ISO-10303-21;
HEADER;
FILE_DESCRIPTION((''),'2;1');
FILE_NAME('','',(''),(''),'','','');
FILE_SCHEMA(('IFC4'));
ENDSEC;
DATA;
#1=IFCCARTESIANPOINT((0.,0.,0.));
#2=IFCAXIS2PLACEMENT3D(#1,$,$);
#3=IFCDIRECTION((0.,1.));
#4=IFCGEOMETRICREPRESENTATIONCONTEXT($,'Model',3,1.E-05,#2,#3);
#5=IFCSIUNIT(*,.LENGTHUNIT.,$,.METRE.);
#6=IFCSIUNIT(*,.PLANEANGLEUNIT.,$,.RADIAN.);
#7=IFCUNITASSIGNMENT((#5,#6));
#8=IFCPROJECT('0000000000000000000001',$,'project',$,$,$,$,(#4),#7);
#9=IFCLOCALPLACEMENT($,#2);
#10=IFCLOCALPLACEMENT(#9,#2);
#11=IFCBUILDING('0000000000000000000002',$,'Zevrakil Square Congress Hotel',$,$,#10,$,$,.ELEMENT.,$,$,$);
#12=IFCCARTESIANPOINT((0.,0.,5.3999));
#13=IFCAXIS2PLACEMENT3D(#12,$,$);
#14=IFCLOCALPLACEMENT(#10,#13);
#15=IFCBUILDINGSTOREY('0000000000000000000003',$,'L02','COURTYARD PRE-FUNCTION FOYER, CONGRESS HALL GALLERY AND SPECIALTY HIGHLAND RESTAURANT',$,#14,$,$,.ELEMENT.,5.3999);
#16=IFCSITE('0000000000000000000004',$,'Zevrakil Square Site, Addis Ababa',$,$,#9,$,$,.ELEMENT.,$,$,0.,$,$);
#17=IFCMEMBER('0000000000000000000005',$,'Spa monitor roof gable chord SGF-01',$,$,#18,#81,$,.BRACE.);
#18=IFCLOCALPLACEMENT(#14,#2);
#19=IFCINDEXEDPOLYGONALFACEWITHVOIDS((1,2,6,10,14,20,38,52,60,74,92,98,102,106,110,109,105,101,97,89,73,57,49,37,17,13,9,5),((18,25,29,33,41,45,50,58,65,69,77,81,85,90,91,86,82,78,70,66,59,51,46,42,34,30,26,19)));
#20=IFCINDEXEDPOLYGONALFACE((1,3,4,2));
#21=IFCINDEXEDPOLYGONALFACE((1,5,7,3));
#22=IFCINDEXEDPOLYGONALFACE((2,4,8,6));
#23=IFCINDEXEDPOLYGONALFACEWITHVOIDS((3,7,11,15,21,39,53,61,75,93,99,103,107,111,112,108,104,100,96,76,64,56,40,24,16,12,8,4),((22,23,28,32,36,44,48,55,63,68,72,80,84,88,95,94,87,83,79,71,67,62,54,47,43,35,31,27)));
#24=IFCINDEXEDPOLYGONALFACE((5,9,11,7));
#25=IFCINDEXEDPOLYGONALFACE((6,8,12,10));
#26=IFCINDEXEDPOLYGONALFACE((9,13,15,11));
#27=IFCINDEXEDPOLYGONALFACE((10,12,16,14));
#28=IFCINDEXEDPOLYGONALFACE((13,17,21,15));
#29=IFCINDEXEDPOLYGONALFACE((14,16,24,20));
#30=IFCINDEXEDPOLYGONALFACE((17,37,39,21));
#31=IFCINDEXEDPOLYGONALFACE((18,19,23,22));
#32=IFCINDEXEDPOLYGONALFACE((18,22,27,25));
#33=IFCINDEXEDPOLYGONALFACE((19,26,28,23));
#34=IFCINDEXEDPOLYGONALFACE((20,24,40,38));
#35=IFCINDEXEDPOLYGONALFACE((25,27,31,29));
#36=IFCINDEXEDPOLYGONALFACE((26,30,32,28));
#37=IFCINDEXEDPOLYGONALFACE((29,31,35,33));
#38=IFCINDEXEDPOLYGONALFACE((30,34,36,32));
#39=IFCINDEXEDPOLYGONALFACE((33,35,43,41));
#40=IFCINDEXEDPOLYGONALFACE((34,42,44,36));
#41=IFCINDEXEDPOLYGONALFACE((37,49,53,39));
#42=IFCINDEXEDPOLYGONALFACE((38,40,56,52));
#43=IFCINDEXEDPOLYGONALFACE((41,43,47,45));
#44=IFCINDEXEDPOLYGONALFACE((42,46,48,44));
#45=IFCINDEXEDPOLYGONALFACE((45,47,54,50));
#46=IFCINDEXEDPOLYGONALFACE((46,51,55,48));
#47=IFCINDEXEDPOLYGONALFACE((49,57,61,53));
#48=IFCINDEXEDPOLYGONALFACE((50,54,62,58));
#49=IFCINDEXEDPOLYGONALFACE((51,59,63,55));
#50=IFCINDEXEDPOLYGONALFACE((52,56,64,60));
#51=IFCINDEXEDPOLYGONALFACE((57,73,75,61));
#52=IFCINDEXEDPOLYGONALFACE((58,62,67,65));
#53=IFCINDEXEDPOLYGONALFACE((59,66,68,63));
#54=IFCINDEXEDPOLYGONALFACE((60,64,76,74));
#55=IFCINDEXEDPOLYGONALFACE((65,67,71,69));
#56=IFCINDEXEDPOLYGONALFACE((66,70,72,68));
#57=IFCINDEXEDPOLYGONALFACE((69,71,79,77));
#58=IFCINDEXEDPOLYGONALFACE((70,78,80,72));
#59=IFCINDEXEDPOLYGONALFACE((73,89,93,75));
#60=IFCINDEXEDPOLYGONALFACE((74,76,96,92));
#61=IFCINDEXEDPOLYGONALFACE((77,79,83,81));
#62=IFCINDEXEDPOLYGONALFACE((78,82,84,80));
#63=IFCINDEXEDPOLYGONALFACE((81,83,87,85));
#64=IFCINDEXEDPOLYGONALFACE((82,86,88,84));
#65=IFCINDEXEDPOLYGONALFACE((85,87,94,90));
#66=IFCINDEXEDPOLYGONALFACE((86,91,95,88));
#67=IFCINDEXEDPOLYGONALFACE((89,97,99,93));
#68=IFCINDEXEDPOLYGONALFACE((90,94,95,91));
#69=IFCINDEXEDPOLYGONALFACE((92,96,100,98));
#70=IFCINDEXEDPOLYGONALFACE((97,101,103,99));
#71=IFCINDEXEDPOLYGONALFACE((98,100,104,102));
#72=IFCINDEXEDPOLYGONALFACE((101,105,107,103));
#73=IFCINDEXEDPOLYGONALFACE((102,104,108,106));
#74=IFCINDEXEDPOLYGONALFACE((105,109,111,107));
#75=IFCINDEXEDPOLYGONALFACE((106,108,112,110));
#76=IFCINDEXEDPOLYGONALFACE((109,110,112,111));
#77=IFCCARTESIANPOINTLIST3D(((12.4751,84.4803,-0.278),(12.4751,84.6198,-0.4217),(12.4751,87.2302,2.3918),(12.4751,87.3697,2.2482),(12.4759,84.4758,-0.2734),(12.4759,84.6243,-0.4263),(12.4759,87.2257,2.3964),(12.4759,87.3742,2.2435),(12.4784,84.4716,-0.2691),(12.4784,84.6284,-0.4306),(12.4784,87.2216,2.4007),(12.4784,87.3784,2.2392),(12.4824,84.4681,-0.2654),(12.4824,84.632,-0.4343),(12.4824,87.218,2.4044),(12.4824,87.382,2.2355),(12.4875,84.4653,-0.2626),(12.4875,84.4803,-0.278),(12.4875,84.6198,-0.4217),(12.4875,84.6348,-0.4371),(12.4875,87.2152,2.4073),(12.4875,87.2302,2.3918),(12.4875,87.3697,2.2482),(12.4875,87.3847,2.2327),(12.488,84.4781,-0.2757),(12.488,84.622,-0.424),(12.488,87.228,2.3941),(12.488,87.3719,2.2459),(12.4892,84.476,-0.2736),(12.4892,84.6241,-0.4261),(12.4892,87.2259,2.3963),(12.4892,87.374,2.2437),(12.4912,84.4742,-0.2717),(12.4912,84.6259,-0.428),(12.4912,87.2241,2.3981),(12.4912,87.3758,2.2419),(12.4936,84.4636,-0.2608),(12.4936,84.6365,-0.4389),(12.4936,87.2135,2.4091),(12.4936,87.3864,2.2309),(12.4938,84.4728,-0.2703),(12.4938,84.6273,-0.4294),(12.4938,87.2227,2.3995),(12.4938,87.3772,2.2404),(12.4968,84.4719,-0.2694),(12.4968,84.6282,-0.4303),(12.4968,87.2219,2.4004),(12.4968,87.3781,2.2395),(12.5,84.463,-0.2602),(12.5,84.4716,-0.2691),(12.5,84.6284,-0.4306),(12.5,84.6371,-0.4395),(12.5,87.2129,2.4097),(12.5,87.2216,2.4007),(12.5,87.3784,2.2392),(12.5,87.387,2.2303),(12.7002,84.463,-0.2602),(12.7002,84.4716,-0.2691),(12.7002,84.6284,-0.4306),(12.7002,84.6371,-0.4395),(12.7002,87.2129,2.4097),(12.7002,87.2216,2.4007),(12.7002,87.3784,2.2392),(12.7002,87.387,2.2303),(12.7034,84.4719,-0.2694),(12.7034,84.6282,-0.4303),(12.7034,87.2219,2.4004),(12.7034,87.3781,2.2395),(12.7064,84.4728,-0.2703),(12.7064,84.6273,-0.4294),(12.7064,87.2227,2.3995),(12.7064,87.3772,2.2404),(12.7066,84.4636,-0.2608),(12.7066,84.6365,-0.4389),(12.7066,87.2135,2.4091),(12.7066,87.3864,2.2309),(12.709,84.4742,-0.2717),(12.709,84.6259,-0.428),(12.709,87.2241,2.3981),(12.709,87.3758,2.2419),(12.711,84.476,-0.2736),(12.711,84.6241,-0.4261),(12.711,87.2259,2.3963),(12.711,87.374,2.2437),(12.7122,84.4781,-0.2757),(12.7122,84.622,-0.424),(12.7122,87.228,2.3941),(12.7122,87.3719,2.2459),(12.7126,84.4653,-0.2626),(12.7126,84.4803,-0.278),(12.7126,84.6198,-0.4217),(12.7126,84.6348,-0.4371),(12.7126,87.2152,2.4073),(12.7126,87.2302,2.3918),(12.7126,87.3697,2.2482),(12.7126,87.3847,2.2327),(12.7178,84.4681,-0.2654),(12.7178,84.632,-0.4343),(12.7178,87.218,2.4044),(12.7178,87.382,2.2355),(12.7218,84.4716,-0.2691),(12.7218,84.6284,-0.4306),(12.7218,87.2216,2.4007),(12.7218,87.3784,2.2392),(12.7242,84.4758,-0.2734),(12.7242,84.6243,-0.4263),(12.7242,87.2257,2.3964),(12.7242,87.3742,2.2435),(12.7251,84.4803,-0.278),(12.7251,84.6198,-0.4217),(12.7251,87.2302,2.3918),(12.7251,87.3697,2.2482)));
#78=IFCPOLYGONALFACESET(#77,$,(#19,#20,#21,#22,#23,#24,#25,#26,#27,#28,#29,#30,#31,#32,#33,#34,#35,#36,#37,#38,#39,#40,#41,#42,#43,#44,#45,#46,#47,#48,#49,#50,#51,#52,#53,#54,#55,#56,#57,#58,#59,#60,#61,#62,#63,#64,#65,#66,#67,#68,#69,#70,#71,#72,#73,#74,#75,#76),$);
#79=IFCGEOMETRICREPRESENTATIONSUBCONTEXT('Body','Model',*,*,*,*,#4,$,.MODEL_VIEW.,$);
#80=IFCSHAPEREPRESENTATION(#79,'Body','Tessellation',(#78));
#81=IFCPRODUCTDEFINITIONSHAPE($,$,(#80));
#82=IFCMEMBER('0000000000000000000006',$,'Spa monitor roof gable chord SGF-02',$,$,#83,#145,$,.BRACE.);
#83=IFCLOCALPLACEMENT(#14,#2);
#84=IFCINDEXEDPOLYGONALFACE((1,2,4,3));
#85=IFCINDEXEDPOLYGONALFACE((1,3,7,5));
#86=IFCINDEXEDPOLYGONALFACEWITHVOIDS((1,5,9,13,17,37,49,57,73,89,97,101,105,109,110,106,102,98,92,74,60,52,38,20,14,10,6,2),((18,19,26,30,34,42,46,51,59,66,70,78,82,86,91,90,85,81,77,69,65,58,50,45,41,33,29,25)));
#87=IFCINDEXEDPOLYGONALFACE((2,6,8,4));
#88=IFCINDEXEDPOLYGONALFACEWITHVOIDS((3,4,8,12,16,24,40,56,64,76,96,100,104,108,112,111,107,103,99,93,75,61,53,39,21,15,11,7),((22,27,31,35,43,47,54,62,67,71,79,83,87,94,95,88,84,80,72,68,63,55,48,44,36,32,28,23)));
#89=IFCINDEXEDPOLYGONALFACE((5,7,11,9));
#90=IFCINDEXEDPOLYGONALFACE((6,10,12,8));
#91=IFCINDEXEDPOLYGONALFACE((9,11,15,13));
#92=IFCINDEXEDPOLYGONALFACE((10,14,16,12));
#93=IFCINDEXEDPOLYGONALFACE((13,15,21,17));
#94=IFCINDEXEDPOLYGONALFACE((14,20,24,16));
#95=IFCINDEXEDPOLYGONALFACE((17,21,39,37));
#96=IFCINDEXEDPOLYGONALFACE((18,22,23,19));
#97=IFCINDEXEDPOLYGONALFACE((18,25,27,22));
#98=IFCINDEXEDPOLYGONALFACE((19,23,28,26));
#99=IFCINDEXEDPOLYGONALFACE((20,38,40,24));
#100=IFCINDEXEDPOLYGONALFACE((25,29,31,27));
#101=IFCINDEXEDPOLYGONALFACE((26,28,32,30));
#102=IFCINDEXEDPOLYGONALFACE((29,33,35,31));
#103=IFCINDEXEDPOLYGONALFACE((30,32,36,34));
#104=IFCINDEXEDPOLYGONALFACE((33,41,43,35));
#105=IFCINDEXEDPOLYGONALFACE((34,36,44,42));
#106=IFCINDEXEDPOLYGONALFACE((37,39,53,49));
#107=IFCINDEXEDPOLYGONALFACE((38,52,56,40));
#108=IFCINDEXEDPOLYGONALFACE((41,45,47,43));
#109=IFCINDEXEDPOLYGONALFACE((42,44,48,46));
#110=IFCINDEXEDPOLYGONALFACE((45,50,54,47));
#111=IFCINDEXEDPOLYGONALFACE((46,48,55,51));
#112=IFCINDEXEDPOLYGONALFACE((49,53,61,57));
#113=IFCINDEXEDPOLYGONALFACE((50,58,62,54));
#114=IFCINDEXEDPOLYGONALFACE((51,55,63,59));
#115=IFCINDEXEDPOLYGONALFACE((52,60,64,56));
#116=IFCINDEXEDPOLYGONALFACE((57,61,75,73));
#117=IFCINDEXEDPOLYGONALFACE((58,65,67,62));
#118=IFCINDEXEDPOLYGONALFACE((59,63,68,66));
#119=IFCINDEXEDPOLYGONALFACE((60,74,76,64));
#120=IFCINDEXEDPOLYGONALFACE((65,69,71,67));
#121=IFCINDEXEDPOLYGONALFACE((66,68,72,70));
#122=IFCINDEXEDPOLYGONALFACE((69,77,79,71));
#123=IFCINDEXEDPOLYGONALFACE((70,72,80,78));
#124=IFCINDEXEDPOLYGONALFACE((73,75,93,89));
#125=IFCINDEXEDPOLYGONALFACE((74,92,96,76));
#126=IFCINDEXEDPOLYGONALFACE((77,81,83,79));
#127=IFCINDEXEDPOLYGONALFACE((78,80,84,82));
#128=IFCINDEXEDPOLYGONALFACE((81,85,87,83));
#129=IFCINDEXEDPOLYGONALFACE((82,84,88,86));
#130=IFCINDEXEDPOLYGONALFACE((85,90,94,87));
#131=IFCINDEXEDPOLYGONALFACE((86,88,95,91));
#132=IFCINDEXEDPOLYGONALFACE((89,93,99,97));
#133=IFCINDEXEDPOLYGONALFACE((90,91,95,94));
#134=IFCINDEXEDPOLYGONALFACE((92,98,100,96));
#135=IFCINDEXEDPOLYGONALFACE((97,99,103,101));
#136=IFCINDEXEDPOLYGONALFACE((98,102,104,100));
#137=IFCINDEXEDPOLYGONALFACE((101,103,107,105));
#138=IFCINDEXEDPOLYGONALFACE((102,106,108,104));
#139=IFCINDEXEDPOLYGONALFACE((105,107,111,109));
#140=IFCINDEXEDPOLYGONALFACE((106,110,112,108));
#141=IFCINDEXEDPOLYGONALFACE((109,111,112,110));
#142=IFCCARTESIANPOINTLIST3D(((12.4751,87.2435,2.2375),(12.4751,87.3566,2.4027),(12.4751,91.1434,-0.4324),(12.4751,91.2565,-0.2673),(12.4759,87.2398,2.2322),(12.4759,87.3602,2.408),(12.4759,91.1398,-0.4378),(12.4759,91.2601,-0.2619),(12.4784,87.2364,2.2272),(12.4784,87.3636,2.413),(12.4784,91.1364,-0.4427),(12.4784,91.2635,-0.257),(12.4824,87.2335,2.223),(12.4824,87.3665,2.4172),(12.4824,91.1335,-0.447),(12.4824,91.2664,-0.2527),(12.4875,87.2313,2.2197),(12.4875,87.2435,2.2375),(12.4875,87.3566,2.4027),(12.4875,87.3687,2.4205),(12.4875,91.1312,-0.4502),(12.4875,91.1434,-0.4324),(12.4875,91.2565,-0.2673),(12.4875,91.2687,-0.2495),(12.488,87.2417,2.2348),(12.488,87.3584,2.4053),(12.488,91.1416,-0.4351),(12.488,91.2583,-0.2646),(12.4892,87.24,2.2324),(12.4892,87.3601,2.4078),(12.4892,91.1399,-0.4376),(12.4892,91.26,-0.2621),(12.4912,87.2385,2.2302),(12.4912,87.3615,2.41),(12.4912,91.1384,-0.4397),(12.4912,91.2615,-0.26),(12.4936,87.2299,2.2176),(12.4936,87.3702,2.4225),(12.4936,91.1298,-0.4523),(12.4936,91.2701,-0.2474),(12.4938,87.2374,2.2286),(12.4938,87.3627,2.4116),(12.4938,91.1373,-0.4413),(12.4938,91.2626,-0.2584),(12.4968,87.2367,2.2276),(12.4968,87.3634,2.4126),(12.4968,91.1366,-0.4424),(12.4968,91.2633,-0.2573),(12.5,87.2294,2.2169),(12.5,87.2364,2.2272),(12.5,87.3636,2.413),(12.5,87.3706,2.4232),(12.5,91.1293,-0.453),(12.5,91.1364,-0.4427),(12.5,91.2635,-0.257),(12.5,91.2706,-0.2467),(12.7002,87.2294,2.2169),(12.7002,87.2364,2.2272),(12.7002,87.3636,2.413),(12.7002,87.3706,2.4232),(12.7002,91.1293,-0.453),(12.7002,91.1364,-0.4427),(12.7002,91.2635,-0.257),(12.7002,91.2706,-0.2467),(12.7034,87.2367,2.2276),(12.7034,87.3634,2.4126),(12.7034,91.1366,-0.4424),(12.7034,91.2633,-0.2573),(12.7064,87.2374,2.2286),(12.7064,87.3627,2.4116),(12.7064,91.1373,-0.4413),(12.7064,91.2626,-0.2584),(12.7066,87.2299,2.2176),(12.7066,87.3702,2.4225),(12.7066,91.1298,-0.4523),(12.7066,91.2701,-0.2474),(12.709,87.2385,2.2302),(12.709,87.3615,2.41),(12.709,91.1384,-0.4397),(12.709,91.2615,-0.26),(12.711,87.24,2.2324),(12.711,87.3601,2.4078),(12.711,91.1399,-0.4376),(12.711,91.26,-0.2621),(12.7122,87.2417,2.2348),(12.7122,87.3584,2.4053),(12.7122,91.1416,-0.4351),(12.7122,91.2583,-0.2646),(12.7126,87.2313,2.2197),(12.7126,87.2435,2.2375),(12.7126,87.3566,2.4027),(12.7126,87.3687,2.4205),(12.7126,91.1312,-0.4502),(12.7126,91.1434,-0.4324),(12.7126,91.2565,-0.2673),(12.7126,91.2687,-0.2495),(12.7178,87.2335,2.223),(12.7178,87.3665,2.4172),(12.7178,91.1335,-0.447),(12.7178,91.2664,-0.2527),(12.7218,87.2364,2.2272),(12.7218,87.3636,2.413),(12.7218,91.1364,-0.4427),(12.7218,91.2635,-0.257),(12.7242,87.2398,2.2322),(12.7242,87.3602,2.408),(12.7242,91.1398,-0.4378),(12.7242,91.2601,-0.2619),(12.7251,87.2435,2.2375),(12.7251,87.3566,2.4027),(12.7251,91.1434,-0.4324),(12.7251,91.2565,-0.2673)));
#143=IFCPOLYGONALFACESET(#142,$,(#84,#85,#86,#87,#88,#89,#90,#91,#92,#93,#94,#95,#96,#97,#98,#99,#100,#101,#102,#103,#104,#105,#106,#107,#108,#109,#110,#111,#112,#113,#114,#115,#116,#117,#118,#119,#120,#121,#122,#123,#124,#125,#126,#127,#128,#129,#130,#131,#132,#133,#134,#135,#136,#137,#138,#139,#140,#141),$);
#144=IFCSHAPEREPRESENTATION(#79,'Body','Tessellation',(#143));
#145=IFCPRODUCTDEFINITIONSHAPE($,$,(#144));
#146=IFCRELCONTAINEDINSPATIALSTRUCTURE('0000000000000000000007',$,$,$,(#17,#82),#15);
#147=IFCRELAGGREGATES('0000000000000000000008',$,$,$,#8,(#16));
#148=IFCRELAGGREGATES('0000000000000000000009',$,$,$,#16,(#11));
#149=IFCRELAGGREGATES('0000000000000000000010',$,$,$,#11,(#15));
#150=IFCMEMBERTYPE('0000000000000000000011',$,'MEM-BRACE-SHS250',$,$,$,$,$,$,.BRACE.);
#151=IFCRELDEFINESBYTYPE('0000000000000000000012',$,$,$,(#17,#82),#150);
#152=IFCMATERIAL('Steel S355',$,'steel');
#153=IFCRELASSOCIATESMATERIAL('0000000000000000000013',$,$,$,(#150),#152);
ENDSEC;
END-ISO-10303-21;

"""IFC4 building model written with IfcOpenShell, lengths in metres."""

from ifc_helpers import new_model, si_unit, direction, frame, origin, origin_2d, place, context, subcontext, project, spatial, hollow_rectangle, extrude, material, material_profile, profile_set, type_object, element, save


model = new_model("IFC4")

# Units and contexts
model_context = context("Model", 3, precision=1e-05, world=origin(), true_north=direction((0.0, 1.0)))
body_context = subcontext(model_context, "Body", "Model", "MODEL_VIEW")
ifc_project = project(units=[si_unit("LENGTHUNIT", "METRE"), si_unit("PLANEANGLEUNIT", "RADIAN")], contexts=[model_context])

# Site, building, storey
site_placement = place(None, origin())
site = spatial("IfcSite", under=ifc_project, at=site_placement, Name="Zevrakil Square Site, Addis Ababa", CompositionType="ELEMENT", RefElevation=0.0)
building_placement = place(site_placement, origin())
building = spatial("IfcBuilding", under=site, at=building_placement, Name="Zevrakil Square Congress Hotel", CompositionType="ELEMENT")
storey_placement = place(building_placement, frame((0.0, 0.0, 5.3999)))
storey = spatial("IfcBuildingStorey", under=building, at=storey_placement, Name="L02", Description="COURTYARD PRE-FUNCTION FOYER, CONGRESS HALL GALLERY AND SPECIALTY HIGHLAND RESTAURANT", CompositionType="ELEMENT", Elevation=5.3999)

# Members
ifc_material_1 = material(Name="Steel S355", Category="steel")
ifc_material_profile_1 = material_profile(ifc_material_1, hollow_rectangle(XDim=0.25, YDim=0.25, WallThickness=0.0125, InnerFilletRadius=0.0125, OuterFilletRadius=0.0249, at=origin_2d()), Name="SHS 250x250x12.5")
ifc_profile_set_1 = profile_set([ifc_material_profile_1], Name="Steel S355")
member_type_1 = type_object("IfcMemberType", Name="MEM-BRACE-SHS250", PredefinedType="BRACE", material=ifc_profile_set_1)
member_1_placement = place(storey_placement, frame((12.6001, 84.55, -0.3499), z_axis=(0.0, 0.717476, 0.696583), x_axis=(-1.0, 0.0, 0.0)))
element("IfcMember", 1, at=member_1_placement, inside=storey, type_object=member_type_1, Name="Spa monitor roof gable chord SGF-01", PredefinedType="BRACE", context=body_context, shape_type="SweptSolid", body=[
    extrude(hollow_rectangle(XDim=0.25, YDim=0.25, WallThickness=0.0125, InnerFilletRadius=0.0125, OuterFilletRadius=0.0249, at=origin_2d()), origin(), (0.0, 0.0, 1.0), 3.8328),
])
member_2_placement = place(storey_placement, frame((12.6001, 91.2, -0.3499), z_axis=(0.0, -0.825153, 0.56491), x_axis=(1.0, 0.0, 0.0)))
element("IfcMember", 2, at=member_2_placement, inside=storey, type_object=member_type_1, Name="Spa monitor roof gable chord SGF-02", PredefinedType="BRACE", context=body_context, shape_type="SweptSolid", body=[
    extrude(hollow_rectangle(XDim=0.25, YDim=0.25, WallThickness=0.0125, InnerFilletRadius=0.0125, OuterFilletRadius=0.0249, at=origin_2d()), origin(), (0.0, 0.0, 1.0), 4.7263),
])

save(model, "model.ifc")
